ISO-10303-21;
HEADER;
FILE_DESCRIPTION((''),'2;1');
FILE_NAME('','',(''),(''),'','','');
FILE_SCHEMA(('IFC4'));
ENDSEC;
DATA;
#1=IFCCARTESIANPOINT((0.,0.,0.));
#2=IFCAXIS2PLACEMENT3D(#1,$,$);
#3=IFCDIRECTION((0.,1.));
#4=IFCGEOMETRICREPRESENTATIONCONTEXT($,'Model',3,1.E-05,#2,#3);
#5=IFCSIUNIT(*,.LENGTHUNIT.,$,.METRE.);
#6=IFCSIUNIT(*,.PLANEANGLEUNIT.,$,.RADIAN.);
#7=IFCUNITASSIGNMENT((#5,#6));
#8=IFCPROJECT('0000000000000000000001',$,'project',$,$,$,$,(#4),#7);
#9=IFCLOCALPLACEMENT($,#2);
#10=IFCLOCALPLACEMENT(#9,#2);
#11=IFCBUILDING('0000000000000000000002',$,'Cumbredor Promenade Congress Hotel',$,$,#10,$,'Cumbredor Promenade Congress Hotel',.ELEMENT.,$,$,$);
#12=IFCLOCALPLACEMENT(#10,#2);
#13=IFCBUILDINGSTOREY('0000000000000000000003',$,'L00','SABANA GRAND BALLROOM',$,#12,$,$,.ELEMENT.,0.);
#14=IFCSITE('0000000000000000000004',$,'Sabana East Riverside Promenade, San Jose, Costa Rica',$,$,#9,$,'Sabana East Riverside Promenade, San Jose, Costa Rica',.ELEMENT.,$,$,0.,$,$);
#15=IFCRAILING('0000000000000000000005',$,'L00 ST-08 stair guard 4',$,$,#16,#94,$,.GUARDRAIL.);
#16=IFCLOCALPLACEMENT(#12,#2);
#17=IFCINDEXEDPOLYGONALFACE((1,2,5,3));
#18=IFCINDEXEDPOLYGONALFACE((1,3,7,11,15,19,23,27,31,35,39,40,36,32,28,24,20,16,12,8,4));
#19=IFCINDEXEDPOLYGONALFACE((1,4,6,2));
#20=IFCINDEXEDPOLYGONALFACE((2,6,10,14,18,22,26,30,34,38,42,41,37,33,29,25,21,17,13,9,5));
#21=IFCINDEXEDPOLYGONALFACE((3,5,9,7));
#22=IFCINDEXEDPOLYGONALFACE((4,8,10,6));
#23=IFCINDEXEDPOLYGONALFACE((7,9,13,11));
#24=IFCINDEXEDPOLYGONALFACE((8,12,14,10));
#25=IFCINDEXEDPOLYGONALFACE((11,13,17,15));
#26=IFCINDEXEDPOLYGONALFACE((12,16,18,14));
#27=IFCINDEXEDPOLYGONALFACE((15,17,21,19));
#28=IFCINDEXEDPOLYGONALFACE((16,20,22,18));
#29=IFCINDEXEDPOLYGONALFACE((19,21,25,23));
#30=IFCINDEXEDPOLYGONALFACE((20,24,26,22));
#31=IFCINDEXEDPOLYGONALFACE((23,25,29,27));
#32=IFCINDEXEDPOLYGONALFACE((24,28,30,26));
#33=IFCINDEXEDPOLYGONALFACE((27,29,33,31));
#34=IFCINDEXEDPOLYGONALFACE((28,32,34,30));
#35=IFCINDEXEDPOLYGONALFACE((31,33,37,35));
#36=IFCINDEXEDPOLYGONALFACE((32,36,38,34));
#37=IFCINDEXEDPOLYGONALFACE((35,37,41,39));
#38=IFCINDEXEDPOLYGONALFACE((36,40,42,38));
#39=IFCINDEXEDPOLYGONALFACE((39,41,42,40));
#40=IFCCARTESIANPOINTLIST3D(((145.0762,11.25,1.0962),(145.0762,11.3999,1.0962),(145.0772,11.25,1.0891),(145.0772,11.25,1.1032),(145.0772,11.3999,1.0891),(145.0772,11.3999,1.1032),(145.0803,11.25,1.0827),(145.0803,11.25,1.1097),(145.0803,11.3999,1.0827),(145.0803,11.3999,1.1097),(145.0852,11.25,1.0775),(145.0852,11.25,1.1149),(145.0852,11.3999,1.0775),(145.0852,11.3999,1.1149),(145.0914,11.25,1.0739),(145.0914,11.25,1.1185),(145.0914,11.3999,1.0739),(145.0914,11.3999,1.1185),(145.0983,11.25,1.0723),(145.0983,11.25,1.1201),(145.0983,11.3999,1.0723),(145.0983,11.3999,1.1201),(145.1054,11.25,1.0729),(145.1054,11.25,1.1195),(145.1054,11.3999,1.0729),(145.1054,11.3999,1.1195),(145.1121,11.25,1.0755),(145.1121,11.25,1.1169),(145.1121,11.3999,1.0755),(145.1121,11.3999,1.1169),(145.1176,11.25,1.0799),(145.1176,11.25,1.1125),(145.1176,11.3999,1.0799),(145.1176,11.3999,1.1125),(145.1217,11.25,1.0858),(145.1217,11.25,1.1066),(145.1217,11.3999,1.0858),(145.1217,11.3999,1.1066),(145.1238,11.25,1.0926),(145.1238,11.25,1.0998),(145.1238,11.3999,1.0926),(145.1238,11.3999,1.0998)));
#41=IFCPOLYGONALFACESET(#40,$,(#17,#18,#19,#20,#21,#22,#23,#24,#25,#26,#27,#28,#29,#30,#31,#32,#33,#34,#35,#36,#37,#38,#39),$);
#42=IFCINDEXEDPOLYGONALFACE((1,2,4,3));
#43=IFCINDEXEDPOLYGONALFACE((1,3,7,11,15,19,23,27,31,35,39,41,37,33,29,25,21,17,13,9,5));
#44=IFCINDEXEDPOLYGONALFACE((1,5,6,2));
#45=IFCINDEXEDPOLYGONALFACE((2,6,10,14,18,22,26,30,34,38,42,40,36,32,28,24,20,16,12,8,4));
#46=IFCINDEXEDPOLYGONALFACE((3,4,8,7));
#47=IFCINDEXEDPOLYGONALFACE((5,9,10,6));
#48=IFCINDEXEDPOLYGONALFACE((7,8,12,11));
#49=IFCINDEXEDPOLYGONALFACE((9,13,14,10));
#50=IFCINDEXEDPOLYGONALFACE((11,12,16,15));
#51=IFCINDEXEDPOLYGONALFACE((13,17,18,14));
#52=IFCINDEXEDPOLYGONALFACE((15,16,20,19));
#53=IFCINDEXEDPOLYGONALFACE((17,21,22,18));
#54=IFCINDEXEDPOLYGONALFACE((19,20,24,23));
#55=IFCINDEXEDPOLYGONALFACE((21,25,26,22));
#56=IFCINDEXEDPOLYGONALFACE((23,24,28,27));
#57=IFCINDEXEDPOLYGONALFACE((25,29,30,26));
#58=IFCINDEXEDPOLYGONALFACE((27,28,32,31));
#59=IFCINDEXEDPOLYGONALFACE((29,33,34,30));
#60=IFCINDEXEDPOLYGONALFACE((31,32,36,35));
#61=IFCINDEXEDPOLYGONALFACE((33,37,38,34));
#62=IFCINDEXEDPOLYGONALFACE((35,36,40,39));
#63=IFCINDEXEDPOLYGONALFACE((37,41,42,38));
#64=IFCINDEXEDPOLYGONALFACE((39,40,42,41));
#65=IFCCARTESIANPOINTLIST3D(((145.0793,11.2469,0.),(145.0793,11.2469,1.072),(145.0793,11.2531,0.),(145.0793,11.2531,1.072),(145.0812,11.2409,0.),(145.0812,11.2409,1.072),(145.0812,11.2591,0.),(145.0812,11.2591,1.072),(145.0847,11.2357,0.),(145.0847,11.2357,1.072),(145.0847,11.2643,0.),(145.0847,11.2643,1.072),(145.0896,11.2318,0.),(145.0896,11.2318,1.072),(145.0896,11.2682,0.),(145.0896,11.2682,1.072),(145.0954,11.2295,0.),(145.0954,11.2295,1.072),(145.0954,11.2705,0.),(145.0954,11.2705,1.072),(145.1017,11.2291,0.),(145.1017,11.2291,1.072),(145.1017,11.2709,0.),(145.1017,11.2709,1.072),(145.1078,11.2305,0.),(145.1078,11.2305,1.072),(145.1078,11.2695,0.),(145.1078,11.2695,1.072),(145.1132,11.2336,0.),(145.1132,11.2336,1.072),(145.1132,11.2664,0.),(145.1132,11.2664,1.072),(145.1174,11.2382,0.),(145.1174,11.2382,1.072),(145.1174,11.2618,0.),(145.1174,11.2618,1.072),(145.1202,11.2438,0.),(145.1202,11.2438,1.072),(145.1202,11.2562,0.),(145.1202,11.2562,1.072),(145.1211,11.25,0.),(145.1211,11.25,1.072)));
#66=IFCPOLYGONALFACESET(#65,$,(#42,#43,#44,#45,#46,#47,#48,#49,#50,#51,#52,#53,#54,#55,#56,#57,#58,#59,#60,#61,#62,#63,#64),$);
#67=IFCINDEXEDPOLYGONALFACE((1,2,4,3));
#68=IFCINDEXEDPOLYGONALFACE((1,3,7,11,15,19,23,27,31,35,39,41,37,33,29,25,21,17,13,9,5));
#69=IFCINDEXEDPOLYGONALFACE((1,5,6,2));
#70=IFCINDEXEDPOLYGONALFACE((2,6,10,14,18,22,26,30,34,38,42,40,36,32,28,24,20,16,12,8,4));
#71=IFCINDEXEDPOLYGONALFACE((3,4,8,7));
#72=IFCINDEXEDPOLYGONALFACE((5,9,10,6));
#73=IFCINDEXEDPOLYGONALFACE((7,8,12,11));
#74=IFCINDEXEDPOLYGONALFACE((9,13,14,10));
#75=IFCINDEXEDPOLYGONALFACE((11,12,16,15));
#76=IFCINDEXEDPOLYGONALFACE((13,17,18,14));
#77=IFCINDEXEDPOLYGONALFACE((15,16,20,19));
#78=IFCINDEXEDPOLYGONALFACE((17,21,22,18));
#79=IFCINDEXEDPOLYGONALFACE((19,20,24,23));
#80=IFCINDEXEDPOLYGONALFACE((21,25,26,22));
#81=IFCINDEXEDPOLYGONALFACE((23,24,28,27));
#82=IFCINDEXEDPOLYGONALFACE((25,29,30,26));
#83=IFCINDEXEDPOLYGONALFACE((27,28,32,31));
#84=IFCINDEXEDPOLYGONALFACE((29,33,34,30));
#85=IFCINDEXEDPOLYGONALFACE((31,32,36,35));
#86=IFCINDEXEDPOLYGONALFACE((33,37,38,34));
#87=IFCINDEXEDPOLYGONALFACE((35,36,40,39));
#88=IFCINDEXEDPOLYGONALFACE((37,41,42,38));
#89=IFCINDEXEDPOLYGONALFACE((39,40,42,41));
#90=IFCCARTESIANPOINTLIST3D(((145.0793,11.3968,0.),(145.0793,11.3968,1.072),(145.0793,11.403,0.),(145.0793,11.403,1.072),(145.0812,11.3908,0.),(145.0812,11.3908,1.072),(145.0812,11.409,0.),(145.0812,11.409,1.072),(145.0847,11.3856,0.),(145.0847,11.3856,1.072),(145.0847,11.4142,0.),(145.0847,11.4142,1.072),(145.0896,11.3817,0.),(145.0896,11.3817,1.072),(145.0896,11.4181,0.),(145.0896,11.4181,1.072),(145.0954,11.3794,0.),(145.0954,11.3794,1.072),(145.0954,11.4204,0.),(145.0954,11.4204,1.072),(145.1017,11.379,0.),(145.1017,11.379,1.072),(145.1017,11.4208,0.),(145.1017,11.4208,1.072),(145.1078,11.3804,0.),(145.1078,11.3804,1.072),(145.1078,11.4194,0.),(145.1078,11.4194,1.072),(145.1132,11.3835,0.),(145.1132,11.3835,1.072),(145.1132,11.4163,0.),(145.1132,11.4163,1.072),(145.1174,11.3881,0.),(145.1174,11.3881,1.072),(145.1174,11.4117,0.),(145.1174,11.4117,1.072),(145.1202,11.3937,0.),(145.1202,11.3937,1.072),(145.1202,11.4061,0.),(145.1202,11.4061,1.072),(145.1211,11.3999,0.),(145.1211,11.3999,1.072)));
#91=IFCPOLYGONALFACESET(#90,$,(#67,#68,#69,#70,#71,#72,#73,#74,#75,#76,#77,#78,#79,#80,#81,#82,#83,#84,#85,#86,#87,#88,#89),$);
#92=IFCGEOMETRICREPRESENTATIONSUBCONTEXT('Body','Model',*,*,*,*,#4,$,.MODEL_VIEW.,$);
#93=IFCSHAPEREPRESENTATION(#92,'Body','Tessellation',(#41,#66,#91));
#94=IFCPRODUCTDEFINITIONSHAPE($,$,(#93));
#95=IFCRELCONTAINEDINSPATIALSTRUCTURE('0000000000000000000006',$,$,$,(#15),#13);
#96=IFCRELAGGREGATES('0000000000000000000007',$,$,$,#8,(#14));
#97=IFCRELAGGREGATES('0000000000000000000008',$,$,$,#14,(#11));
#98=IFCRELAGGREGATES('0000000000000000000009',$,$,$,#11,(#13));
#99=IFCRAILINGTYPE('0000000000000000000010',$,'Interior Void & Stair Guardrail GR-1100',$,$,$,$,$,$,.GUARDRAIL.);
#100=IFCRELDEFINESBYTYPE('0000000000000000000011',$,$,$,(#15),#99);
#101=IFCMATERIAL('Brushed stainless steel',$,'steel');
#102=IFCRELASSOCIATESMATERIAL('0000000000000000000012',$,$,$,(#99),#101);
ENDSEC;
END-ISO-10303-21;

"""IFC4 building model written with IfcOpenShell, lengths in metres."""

from ifc_helpers import new_model, si_unit, direction, frame, origin, origin_2d, place, context, subcontext, project, spatial, circle, extrude, material, type_object, element, save


model = new_model("IFC4")

# Units and contexts
model_context = context("Model", 3, precision=1e-05, world=origin(), true_north=direction((0.0, 1.0)))
body_context = subcontext(model_context, "Body", "Model", "MODEL_VIEW")
ifc_project = project(units=[si_unit("LENGTHUNIT", "METRE"), si_unit("PLANEANGLEUNIT", "RADIAN")], contexts=[model_context])

# Site, building, storey
site_placement = place(None, origin())
site = spatial("IfcSite", under=ifc_project, at=site_placement, Name="Sabana East Riverside Promenade, San Jose, Costa Rica", LongName="Sabana East Riverside Promenade, San Jose, Costa Rica", CompositionType="ELEMENT", RefElevation=0.0)
building_placement = place(site_placement, origin())
building = spatial("IfcBuilding", under=site, at=building_placement, Name="Cumbredor Promenade Congress Hotel", LongName="Cumbredor Promenade Congress Hotel", CompositionType="ELEMENT")
storey_placement = place(building_placement, origin())
storey = spatial("IfcBuildingStorey", under=building, at=storey_placement, Name="L00", Description="SABANA GRAND BALLROOM", CompositionType="ELEMENT", Elevation=0.0)

# Railing
ifc_material_1 = material(Name="Brushed stainless steel", Category="steel")
railing_type = type_object("IfcRailingType", Name="Interior Void & Stair Guardrail GR-1100", PredefinedType="GUARDRAIL", material=ifc_material_1)
railing_placement = place(storey_placement, frame((145.1001, 11.25, 0.0)))
element("IfcRailing", 1, at=railing_placement, inside=storey, type_object=railing_type, Name="L00 ST-08 stair guard 4", PredefinedType="GUARDRAIL", context=body_context, shape_type="SweptSolid", body=[
    extrude(circle(Radius=0.0239, at=origin_2d()), frame((0.0, 0.0, 1.0962), z_axis=(0.0, 1.0, 0.0), x_axis=(-1.0, 0.0, 0.0)), (0.0, 0.0, 1.0), 0.1499),
    extrude(circle(Radius=0.021, at=origin_2d()), origin(), (0.0, 0.0, 1.0), 1.072),
    extrude(circle(Radius=0.021, at=origin_2d()), frame((0.0, 0.1499, 0.0)), (0.0, 0.0, 1.0), 1.072),
])

save(model, "model.ifc")
